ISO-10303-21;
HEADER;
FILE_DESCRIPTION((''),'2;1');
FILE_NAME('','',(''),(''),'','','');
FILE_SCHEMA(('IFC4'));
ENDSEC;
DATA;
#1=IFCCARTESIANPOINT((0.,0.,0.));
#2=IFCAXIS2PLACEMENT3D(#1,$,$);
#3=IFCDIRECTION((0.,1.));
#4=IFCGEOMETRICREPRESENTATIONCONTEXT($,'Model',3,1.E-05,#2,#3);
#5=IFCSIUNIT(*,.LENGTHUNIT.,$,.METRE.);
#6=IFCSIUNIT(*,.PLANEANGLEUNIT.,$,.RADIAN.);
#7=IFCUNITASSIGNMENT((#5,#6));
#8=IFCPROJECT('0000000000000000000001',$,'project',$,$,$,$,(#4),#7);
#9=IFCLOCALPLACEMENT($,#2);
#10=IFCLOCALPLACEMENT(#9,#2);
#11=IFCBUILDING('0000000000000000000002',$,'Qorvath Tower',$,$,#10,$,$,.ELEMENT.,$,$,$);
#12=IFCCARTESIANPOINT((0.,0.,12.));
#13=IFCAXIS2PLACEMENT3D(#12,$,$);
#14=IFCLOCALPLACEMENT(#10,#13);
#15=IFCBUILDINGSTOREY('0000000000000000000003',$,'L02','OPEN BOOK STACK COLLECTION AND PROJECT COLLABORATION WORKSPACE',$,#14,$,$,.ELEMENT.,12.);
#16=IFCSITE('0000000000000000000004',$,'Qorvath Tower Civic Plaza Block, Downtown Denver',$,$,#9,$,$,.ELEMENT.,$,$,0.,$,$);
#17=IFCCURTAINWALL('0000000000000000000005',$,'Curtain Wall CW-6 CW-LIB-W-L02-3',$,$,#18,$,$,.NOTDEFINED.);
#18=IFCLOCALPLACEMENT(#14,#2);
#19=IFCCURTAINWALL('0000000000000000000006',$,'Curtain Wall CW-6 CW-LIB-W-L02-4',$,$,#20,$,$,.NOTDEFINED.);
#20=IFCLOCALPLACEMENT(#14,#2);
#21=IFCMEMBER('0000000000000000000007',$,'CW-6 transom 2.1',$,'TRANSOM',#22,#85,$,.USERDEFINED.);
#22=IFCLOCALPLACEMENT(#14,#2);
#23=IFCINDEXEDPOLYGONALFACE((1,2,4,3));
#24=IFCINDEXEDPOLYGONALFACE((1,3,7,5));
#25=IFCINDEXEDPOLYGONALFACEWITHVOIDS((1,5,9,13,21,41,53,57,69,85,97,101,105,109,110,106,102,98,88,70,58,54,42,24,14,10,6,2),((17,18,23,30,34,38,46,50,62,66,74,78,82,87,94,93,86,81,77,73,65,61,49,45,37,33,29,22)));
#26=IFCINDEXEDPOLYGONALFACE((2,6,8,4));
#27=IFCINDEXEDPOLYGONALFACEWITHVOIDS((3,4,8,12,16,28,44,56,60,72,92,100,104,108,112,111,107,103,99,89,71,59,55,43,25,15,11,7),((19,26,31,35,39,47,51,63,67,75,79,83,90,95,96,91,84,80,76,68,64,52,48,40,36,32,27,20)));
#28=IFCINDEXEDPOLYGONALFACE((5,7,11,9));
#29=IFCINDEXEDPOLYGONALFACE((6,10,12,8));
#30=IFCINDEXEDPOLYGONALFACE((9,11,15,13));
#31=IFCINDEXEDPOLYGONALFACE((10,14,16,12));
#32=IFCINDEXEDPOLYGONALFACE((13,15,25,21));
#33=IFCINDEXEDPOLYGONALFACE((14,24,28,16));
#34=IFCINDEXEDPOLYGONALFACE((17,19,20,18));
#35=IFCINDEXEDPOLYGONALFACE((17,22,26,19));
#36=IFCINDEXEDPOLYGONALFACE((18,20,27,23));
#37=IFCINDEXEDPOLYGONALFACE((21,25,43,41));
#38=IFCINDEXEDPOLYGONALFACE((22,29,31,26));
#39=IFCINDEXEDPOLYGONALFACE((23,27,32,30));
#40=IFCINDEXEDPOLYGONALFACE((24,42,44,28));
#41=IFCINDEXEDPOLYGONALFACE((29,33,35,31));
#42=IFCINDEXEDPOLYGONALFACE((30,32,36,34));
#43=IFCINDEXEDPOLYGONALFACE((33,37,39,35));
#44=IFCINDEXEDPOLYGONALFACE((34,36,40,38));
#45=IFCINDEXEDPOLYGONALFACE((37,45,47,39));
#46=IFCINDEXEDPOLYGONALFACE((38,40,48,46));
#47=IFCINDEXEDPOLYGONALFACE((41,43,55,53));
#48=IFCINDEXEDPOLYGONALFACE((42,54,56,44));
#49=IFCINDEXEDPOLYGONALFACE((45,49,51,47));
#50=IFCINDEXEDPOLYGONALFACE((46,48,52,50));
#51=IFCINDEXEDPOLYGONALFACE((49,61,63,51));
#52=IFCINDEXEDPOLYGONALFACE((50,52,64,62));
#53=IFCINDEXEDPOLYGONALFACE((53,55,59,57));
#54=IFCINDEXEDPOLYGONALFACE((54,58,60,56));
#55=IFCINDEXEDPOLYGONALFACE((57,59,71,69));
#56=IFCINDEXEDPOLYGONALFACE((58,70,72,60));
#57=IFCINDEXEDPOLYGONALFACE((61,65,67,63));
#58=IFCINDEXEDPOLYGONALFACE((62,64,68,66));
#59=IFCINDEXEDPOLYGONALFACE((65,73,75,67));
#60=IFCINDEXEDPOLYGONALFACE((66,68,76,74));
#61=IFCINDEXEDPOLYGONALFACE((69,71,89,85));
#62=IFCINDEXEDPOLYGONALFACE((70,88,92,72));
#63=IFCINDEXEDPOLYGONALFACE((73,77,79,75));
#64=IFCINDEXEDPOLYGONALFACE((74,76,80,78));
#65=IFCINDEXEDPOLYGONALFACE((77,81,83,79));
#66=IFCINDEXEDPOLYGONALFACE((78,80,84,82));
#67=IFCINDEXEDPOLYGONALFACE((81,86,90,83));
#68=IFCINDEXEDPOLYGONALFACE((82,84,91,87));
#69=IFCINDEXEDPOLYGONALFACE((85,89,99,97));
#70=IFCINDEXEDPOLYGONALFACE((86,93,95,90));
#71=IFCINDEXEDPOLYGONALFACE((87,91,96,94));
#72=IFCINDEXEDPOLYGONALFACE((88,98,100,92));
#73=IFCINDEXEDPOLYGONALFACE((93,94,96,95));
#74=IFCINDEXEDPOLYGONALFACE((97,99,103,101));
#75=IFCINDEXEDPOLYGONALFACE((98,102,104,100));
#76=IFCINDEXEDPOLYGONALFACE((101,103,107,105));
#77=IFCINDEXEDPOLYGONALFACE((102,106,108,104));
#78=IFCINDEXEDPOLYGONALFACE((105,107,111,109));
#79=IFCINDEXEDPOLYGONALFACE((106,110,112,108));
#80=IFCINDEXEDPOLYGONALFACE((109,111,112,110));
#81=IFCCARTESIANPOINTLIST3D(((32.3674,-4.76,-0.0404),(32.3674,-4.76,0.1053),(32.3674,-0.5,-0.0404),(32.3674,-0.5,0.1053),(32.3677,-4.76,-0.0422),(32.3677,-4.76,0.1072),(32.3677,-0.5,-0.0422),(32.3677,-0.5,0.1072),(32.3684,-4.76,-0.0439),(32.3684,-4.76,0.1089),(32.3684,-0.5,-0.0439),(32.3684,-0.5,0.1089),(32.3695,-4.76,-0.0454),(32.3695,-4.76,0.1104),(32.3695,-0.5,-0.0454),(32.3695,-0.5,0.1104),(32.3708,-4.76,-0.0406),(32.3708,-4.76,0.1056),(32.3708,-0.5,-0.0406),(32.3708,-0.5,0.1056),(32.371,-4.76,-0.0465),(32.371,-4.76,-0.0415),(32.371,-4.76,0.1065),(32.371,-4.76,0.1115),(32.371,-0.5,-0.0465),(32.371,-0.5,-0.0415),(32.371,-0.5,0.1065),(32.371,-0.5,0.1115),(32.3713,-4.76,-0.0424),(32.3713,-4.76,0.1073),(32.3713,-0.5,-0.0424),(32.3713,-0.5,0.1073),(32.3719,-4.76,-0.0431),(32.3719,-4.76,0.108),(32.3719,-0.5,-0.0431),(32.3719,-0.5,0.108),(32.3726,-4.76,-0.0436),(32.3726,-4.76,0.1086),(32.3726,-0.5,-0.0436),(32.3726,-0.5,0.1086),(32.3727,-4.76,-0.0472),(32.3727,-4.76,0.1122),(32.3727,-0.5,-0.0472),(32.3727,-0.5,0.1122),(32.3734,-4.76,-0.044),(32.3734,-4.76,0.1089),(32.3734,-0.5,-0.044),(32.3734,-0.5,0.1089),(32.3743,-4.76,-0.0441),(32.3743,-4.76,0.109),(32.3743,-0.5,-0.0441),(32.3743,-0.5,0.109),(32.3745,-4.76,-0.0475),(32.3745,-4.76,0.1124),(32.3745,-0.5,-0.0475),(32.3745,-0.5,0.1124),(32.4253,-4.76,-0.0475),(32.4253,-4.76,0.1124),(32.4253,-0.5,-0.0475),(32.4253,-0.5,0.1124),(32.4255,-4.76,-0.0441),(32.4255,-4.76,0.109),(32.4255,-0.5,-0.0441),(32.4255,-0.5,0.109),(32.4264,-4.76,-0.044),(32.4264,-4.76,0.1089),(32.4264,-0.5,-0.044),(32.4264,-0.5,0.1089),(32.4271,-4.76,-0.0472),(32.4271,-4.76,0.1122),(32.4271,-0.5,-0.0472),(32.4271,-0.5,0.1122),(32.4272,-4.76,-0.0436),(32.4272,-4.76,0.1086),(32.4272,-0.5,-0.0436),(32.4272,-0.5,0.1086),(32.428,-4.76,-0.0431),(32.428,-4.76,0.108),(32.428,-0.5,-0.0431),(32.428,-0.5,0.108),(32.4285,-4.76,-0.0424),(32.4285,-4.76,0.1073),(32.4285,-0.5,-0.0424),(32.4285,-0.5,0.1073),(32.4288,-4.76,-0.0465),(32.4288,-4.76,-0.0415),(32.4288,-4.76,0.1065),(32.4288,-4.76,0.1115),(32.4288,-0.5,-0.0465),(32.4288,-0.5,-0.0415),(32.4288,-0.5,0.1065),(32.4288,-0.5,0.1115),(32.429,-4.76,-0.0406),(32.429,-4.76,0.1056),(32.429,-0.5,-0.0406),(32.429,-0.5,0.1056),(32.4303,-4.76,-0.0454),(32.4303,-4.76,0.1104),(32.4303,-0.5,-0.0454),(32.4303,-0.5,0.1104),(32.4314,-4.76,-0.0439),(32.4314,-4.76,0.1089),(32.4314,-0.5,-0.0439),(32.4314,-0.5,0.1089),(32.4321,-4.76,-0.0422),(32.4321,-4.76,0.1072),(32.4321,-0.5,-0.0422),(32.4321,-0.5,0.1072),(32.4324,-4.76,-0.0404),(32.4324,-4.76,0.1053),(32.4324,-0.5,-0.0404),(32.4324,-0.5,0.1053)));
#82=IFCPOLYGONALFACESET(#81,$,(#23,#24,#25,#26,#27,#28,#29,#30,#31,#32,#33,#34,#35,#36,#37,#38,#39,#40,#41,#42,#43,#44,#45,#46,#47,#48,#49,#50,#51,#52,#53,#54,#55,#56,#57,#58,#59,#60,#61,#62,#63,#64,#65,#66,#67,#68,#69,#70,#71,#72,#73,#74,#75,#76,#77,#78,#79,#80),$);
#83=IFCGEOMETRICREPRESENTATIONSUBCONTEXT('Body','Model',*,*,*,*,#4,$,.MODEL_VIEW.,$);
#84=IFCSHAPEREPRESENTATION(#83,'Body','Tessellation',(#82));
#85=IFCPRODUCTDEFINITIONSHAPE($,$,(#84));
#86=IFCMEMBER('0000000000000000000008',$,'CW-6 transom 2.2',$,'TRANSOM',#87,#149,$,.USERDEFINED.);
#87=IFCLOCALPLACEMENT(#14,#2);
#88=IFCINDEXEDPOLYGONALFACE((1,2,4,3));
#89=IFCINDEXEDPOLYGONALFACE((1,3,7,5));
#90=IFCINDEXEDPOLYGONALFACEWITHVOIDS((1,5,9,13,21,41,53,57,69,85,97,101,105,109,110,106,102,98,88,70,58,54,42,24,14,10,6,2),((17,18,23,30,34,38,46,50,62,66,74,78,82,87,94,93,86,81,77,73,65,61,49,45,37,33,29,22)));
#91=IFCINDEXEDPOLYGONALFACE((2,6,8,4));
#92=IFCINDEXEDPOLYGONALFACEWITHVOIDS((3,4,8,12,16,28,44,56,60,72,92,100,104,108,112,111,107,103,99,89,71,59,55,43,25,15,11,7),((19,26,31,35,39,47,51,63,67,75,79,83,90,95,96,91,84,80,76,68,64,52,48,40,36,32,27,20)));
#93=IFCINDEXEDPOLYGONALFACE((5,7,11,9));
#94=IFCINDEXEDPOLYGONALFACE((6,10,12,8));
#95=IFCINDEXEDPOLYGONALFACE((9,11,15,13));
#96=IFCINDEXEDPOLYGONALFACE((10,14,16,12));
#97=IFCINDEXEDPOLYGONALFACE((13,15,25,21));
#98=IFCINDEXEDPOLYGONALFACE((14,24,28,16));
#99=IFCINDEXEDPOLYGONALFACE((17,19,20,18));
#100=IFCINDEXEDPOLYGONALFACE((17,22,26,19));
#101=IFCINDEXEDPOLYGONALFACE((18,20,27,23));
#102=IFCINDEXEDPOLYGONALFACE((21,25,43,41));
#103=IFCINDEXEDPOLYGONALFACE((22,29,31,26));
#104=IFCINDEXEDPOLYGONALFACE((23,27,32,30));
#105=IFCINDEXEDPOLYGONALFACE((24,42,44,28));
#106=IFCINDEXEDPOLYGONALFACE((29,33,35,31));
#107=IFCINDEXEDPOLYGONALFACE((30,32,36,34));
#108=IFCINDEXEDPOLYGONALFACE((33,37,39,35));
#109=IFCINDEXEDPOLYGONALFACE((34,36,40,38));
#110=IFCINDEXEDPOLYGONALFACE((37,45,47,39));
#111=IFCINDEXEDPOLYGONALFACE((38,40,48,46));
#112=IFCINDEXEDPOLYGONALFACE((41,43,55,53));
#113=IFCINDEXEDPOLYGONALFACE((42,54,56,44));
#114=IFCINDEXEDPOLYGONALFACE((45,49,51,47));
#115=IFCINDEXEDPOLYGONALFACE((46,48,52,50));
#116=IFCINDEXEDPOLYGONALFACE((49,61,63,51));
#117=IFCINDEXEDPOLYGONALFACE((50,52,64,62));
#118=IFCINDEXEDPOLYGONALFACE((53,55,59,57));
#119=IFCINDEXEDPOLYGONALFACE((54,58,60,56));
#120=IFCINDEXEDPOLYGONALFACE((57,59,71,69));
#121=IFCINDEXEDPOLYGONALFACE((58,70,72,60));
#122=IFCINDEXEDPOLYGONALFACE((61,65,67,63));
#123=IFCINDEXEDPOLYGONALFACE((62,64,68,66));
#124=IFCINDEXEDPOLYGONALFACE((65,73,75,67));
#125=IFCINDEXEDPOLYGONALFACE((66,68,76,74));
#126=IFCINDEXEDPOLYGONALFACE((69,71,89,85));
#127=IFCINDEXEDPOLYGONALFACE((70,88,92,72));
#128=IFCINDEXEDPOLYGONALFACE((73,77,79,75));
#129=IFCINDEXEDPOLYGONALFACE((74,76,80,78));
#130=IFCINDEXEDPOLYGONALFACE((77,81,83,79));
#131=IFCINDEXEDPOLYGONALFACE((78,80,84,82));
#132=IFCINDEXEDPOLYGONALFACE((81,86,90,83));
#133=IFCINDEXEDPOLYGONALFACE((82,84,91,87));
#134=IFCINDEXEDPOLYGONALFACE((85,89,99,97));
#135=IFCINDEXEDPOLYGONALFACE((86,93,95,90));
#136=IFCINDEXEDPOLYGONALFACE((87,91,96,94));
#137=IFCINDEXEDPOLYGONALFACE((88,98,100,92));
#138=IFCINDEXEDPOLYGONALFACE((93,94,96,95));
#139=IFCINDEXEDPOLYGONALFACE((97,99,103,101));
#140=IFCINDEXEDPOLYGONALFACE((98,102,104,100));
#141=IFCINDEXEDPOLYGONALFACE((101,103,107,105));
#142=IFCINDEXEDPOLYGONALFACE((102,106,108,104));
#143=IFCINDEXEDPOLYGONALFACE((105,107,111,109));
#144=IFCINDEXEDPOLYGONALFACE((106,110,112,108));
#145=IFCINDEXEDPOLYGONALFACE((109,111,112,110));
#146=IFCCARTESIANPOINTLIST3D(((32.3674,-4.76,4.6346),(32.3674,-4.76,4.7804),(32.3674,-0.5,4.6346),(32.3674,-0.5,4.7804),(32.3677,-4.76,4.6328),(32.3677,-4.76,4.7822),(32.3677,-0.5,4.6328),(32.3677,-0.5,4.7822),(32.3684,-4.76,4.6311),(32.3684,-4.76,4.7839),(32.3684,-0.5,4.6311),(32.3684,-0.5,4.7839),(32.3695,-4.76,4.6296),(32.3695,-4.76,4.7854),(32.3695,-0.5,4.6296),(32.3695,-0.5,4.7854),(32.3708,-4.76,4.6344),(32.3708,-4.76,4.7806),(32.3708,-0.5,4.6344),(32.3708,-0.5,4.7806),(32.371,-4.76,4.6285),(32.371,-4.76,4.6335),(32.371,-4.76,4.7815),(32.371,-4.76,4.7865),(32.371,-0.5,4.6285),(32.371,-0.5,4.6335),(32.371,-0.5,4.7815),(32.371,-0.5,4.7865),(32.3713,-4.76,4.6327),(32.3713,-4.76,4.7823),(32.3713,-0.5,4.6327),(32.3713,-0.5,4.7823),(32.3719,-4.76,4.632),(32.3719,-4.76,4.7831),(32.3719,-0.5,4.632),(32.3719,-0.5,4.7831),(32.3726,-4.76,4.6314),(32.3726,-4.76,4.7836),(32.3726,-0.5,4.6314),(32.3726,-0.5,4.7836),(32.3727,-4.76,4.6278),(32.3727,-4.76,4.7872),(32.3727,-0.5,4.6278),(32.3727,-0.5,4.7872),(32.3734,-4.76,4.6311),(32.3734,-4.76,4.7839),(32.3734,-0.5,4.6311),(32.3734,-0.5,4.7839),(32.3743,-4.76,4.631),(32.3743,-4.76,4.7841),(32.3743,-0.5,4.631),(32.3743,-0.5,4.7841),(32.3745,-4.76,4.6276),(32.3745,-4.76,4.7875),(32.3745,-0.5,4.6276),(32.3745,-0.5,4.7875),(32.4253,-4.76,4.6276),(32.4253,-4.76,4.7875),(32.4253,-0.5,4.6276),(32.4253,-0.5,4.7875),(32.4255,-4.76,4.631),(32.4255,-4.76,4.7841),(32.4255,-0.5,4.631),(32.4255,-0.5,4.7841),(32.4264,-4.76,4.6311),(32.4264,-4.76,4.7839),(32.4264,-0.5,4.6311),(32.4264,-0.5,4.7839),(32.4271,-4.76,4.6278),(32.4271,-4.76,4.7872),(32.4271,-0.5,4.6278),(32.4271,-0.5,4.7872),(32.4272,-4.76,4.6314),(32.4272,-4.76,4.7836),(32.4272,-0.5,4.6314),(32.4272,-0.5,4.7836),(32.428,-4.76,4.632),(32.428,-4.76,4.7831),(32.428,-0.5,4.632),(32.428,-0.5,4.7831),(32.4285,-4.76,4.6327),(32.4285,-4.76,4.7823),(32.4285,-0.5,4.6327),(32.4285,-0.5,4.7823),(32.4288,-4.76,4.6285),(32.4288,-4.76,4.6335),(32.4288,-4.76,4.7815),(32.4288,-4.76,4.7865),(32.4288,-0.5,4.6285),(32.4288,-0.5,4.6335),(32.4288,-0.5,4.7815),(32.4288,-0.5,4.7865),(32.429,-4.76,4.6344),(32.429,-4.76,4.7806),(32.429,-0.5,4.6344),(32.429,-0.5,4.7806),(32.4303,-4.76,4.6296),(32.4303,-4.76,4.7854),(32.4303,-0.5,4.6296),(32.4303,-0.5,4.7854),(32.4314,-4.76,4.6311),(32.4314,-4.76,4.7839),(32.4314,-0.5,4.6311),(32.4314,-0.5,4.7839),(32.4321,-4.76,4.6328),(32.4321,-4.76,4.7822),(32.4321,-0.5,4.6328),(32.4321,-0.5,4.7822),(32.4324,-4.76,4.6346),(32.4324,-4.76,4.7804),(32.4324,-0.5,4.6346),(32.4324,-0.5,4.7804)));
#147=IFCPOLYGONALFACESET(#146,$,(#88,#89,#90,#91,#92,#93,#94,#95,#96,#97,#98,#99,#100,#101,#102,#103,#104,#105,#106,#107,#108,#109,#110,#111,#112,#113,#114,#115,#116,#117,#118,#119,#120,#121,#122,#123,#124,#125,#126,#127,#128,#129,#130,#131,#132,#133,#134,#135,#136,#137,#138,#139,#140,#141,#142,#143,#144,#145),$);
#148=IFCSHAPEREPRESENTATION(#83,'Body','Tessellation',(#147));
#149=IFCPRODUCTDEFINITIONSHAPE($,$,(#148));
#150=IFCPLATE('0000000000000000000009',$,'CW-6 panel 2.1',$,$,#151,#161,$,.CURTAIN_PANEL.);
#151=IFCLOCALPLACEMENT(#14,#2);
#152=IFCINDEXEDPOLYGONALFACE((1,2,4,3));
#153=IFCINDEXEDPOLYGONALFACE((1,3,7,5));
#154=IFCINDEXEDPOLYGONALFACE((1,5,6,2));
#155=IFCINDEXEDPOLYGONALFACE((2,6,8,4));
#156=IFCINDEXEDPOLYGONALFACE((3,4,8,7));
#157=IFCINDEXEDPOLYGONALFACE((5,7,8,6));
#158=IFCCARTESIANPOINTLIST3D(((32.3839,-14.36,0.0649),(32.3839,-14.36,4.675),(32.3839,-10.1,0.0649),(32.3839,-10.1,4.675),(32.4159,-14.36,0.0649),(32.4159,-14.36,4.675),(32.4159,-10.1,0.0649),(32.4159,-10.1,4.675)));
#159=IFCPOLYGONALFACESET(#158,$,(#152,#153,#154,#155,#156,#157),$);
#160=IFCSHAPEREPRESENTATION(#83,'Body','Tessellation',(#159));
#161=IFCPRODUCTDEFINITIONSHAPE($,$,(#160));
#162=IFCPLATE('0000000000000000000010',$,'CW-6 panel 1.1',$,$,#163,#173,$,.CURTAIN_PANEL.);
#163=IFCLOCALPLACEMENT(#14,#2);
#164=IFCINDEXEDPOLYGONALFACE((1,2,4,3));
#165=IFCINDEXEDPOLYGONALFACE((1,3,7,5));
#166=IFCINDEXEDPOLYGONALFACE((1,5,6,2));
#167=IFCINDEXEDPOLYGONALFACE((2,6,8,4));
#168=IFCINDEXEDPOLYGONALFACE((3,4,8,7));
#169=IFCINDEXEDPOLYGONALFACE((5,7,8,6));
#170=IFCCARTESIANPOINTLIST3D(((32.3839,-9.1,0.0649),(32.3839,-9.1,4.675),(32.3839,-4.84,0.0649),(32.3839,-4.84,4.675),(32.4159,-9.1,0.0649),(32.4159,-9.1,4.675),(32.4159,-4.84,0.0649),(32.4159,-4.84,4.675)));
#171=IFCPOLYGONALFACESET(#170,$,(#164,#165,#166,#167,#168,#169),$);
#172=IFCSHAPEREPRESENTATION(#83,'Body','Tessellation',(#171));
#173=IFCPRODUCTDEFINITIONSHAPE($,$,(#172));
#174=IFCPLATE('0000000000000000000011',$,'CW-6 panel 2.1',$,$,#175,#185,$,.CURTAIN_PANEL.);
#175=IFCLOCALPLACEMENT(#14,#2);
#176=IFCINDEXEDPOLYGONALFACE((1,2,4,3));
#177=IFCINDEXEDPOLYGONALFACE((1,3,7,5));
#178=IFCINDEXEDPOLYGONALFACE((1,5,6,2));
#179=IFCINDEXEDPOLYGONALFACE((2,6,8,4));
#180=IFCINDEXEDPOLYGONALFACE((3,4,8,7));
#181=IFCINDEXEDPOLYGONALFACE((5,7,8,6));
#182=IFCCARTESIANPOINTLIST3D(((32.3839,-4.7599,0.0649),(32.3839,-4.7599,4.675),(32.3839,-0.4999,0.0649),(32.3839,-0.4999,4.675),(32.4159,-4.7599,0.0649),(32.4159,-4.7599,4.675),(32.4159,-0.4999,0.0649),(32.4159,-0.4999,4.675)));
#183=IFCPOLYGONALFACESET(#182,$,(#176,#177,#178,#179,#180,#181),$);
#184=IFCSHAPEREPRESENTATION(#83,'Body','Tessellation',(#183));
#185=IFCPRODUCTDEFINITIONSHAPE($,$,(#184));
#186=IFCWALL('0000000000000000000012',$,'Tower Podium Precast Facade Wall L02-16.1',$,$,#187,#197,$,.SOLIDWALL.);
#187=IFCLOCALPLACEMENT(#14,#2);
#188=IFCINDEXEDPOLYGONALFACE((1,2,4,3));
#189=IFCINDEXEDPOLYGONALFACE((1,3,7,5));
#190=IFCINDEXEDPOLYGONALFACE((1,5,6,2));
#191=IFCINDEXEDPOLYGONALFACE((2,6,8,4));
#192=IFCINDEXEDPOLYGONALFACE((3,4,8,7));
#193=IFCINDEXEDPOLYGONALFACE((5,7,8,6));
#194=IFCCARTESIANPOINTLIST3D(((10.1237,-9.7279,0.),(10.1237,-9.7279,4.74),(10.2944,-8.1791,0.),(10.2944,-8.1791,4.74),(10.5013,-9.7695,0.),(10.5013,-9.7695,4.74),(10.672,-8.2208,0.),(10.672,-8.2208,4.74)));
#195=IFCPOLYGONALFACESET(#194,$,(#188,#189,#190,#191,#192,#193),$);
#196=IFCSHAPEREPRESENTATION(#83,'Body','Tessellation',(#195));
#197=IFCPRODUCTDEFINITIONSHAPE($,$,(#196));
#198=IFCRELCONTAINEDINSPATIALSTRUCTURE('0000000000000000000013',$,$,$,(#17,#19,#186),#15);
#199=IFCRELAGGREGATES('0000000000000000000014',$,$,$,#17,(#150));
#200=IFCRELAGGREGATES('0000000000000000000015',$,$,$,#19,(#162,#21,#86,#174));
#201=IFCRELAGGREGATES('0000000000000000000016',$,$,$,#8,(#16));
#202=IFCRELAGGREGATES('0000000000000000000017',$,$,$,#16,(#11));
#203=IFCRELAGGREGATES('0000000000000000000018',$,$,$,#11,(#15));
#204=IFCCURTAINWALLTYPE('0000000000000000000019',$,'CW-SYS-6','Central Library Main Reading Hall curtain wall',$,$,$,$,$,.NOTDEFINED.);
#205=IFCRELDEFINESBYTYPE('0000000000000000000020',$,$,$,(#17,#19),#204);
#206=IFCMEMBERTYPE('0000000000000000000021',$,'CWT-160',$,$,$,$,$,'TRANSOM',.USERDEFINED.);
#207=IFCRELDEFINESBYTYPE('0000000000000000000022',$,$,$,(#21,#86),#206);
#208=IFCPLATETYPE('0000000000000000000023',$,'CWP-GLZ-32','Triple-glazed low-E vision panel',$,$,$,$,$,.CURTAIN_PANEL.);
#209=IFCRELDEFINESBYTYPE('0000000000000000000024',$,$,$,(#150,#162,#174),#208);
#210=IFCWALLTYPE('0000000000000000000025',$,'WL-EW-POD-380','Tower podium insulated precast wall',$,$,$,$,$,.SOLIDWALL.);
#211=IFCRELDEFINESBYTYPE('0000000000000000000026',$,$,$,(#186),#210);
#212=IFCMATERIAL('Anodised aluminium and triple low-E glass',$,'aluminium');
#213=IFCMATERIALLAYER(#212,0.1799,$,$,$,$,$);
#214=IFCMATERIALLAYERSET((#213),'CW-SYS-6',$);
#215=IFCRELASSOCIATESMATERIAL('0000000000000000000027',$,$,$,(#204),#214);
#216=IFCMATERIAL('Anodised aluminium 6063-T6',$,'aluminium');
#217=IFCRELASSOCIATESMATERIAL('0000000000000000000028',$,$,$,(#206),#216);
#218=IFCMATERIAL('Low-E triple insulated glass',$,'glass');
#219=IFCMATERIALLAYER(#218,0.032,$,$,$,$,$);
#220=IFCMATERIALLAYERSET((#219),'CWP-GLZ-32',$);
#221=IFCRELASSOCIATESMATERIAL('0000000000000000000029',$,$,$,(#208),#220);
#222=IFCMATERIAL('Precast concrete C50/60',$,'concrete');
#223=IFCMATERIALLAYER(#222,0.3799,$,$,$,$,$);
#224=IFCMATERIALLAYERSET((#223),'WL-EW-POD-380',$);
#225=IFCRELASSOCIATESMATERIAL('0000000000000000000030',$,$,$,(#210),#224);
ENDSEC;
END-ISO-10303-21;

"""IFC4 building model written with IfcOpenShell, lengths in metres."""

from ifc_helpers import new_model, si_unit, direction, frame, frame_2d, origin, origin_2d, place, context, subcontext, project, spatial, rectangle, hollow_rectangle, extrude, material, layer, layer_set, material_profile, profile_set, type_object, element, aggregate, save


model = new_model("IFC4")

# Units and contexts
model_context = context("Model", 3, precision=1e-05, world=origin(), true_north=direction((0.0, 1.0)))
body_context = subcontext(model_context, "Body", "Model", "MODEL_VIEW")
ifc_project = project(units=[si_unit("LENGTHUNIT", "METRE"), si_unit("PLANEANGLEUNIT", "RADIAN")], contexts=[model_context])

# Site, building, storey
site_placement = place(None, origin())
site = spatial("IfcSite", under=ifc_project, at=site_placement, Name="Qorvath Tower Civic Plaza Block, Downtown Denver", CompositionType="ELEMENT", RefElevation=0.0)
building_placement = place(site_placement, origin())
building = spatial("IfcBuilding", under=site, at=building_placement, Name="Qorvath Tower", CompositionType="ELEMENT")
storey_placement = place(building_placement, frame((0.0, 0.0, 12.0)))
storey = spatial("IfcBuildingStorey", under=building, at=storey_placement, Name="L02", Description="OPEN BOOK STACK COLLECTION AND PROJECT COLLABORATION WORKSPACE", CompositionType="ELEMENT", Elevation=12.0)

# Curtain wall
ifc_material_1 = material(Name="Anodised aluminium and triple low-E glass", Category="aluminium")
ifc_layer_1 = layer(ifc_material_1, 0.1799)
ifc_layer_set_1 = layer_set([ifc_layer_1], Name="CW-SYS-6")
curtain_wall_type = type_object("IfcCurtainWallType", Name="CW-SYS-6", Description="Central Library Main Reading Hall curtain wall", PredefinedType="NOTDEFINED", material=ifc_layer_set_1)
curtain_wall_1_placement = place(storey_placement, origin())
curtain_wall_1 = element("IfcCurtainWall", 1, at=curtain_wall_1_placement, inside=storey, type_object=curtain_wall_type, Name="Curtain Wall CW-6 CW-LIB-W-L02-3", PredefinedType="NOTDEFINED")

# Curtain wall
curtain_wall_2_placement = place(storey_placement, origin())
curtain_wall_2 = element("IfcCurtainWall", 2, at=curtain_wall_2_placement, inside=storey, type_object=curtain_wall_type, Name="Curtain Wall CW-6 CW-LIB-W-L02-4", PredefinedType="NOTDEFINED")

# Members
ifc_material_2 = material(Name="Anodised aluminium 6063-T6", Category="aluminium")
ifc_material_profile_1 = material_profile(ifc_material_2, hollow_rectangle(XDim=0.0649, YDim=0.1599, WallThickness=0.0034, InnerFilletRadius=0.0034, OuterFilletRadius=0.0071, at=origin_2d()), Name="CWT 160x65")
ifc_profile_set_1 = profile_set([ifc_material_profile_1], Name="Anodised aluminium 6063-T6")
member_type_1 = type_object("IfcMemberType", Name="CWT-160", ElementType="TRANSOM", PredefinedType="USERDEFINED", material=ifc_profile_set_1)
member_1_placement = place(storey_placement, frame((32.3999, -4.76, 0.0325), z_axis=(0.0, 1.0, 0.0), x_axis=(-1.0, 0.0, 0.0)))
member_1 = element("IfcMember", 3, at=member_1_placement, type_object=member_type_1, Name="CW-6 transom 2.1", ObjectType="TRANSOM", PredefinedType="USERDEFINED", context=body_context, shape_type="SweptSolid", body=[
    extrude(hollow_rectangle(XDim=0.0649, YDim=0.1599, WallThickness=0.0034, InnerFilletRadius=0.0034, OuterFilletRadius=0.0071, at=origin_2d()), origin(), (0.0, 0.0, 1.0), 4.26),
])
member_2_placement = place(storey_placement, frame((32.3999, -4.76, 4.7075), z_axis=(0.0, 1.0, 0.0), x_axis=(-1.0, 0.0, 0.0)))
member_2 = element("IfcMember", 4, at=member_2_placement, type_object=member_type_1, Name="CW-6 transom 2.2", ObjectType="TRANSOM", PredefinedType="USERDEFINED", context=body_context, shape_type="SweptSolid", body=[
    extrude(hollow_rectangle(XDim=0.0649, YDim=0.1599, WallThickness=0.0034, InnerFilletRadius=0.0034, OuterFilletRadius=0.0071, at=origin_2d()), origin(), (0.0, 0.0, 1.0), 4.26),
])

# Plates
ifc_material_3 = material(Name="Low-E triple insulated glass", Category="glass")
ifc_layer_2 = layer(ifc_material_3, 0.032)
ifc_layer_set_2 = layer_set([ifc_layer_2], Name="CWP-GLZ-32")
plate_type = type_object("IfcPlateType", Name="CWP-GLZ-32", Description="Triple-glazed low-E vision panel", PredefinedType="CURTAIN_PANEL", material=ifc_layer_set_2)
plate_1_placement = place(storey_placement, frame((32.3999, -12.23, 0.0649), z_axis=(0.0, 0.0, 1.0), x_axis=(0.0, 1.0, 0.0)))
plate_1 = element("IfcPlate", 5, at=plate_1_placement, type_object=plate_type, Name="CW-6 panel 2.1", PredefinedType="CURTAIN_PANEL", context=body_context, shape_type="SweptSolid", body=[
    extrude(rectangle(XDim=4.26, YDim=0.032, at=origin_2d()), origin(), (0.0, 0.0, 1.0), 4.6101),
])
aggregate(curtain_wall_1, [plate_1])
plate_2_placement = place(storey_placement, frame((32.3999, -6.97, 0.0649), z_axis=(0.0, 0.0, 1.0), x_axis=(0.0, 1.0, 0.0)))
plate_2 = element("IfcPlate", 6, at=plate_2_placement, type_object=plate_type, Name="CW-6 panel 1.1", PredefinedType="CURTAIN_PANEL", context=body_context, shape_type="SweptSolid", body=[
    extrude(rectangle(XDim=4.26, YDim=0.032, at=origin_2d()), origin(), (0.0, 0.0, 1.0), 4.6101),
])
plate_3_placement = place(storey_placement, frame((32.3999, -2.6299, 0.0649), z_axis=(0.0, 0.0, 1.0), x_axis=(0.0, 1.0, 0.0)))
plate_3 = element("IfcPlate", 7, at=plate_3_placement, type_object=plate_type, Name="CW-6 panel 2.1", PredefinedType="CURTAIN_PANEL", context=body_context, shape_type="SweptSolid", body=[
    extrude(rectangle(XDim=4.26, YDim=0.032, at=origin_2d()), origin(), (0.0, 0.0, 1.0), 4.6101),
])
aggregate(curtain_wall_2, [plate_2, member_1, member_2, plate_3])

# Wall
ifc_material_4 = material(Name="Precast concrete C50/60", Category="concrete")
ifc_layer_3 = layer(ifc_material_4, 0.3799)
ifc_layer_set_3 = layer_set([ifc_layer_3], Name="WL-EW-POD-380")
wall_type = type_object("IfcWallType", Name="WL-EW-POD-380", Description="Tower podium insulated precast wall", PredefinedType="SOLIDWALL", material=ifc_layer_set_3)
wall_placement = place(storey_placement, frame((10.4832, -8.2, 0.0), z_axis=(0.0, 0.0, 1.0), x_axis=(-0.10952, -0.993985, 0.0)))
element("IfcWall", 8, at=wall_placement, inside=storey, type_object=wall_type, Name="Tower Podium Precast Facade Wall L02-16.1", PredefinedType="SOLIDWALL", context=body_context, shape_type="SweptSolid", body=[
    extrude(rectangle(XDim=1.5581, YDim=0.3799, at=frame_2d((0.7791, 0.0))), origin(), (0.0, 0.0, 1.0), 4.74),
])

save(model, "model.ifc")
